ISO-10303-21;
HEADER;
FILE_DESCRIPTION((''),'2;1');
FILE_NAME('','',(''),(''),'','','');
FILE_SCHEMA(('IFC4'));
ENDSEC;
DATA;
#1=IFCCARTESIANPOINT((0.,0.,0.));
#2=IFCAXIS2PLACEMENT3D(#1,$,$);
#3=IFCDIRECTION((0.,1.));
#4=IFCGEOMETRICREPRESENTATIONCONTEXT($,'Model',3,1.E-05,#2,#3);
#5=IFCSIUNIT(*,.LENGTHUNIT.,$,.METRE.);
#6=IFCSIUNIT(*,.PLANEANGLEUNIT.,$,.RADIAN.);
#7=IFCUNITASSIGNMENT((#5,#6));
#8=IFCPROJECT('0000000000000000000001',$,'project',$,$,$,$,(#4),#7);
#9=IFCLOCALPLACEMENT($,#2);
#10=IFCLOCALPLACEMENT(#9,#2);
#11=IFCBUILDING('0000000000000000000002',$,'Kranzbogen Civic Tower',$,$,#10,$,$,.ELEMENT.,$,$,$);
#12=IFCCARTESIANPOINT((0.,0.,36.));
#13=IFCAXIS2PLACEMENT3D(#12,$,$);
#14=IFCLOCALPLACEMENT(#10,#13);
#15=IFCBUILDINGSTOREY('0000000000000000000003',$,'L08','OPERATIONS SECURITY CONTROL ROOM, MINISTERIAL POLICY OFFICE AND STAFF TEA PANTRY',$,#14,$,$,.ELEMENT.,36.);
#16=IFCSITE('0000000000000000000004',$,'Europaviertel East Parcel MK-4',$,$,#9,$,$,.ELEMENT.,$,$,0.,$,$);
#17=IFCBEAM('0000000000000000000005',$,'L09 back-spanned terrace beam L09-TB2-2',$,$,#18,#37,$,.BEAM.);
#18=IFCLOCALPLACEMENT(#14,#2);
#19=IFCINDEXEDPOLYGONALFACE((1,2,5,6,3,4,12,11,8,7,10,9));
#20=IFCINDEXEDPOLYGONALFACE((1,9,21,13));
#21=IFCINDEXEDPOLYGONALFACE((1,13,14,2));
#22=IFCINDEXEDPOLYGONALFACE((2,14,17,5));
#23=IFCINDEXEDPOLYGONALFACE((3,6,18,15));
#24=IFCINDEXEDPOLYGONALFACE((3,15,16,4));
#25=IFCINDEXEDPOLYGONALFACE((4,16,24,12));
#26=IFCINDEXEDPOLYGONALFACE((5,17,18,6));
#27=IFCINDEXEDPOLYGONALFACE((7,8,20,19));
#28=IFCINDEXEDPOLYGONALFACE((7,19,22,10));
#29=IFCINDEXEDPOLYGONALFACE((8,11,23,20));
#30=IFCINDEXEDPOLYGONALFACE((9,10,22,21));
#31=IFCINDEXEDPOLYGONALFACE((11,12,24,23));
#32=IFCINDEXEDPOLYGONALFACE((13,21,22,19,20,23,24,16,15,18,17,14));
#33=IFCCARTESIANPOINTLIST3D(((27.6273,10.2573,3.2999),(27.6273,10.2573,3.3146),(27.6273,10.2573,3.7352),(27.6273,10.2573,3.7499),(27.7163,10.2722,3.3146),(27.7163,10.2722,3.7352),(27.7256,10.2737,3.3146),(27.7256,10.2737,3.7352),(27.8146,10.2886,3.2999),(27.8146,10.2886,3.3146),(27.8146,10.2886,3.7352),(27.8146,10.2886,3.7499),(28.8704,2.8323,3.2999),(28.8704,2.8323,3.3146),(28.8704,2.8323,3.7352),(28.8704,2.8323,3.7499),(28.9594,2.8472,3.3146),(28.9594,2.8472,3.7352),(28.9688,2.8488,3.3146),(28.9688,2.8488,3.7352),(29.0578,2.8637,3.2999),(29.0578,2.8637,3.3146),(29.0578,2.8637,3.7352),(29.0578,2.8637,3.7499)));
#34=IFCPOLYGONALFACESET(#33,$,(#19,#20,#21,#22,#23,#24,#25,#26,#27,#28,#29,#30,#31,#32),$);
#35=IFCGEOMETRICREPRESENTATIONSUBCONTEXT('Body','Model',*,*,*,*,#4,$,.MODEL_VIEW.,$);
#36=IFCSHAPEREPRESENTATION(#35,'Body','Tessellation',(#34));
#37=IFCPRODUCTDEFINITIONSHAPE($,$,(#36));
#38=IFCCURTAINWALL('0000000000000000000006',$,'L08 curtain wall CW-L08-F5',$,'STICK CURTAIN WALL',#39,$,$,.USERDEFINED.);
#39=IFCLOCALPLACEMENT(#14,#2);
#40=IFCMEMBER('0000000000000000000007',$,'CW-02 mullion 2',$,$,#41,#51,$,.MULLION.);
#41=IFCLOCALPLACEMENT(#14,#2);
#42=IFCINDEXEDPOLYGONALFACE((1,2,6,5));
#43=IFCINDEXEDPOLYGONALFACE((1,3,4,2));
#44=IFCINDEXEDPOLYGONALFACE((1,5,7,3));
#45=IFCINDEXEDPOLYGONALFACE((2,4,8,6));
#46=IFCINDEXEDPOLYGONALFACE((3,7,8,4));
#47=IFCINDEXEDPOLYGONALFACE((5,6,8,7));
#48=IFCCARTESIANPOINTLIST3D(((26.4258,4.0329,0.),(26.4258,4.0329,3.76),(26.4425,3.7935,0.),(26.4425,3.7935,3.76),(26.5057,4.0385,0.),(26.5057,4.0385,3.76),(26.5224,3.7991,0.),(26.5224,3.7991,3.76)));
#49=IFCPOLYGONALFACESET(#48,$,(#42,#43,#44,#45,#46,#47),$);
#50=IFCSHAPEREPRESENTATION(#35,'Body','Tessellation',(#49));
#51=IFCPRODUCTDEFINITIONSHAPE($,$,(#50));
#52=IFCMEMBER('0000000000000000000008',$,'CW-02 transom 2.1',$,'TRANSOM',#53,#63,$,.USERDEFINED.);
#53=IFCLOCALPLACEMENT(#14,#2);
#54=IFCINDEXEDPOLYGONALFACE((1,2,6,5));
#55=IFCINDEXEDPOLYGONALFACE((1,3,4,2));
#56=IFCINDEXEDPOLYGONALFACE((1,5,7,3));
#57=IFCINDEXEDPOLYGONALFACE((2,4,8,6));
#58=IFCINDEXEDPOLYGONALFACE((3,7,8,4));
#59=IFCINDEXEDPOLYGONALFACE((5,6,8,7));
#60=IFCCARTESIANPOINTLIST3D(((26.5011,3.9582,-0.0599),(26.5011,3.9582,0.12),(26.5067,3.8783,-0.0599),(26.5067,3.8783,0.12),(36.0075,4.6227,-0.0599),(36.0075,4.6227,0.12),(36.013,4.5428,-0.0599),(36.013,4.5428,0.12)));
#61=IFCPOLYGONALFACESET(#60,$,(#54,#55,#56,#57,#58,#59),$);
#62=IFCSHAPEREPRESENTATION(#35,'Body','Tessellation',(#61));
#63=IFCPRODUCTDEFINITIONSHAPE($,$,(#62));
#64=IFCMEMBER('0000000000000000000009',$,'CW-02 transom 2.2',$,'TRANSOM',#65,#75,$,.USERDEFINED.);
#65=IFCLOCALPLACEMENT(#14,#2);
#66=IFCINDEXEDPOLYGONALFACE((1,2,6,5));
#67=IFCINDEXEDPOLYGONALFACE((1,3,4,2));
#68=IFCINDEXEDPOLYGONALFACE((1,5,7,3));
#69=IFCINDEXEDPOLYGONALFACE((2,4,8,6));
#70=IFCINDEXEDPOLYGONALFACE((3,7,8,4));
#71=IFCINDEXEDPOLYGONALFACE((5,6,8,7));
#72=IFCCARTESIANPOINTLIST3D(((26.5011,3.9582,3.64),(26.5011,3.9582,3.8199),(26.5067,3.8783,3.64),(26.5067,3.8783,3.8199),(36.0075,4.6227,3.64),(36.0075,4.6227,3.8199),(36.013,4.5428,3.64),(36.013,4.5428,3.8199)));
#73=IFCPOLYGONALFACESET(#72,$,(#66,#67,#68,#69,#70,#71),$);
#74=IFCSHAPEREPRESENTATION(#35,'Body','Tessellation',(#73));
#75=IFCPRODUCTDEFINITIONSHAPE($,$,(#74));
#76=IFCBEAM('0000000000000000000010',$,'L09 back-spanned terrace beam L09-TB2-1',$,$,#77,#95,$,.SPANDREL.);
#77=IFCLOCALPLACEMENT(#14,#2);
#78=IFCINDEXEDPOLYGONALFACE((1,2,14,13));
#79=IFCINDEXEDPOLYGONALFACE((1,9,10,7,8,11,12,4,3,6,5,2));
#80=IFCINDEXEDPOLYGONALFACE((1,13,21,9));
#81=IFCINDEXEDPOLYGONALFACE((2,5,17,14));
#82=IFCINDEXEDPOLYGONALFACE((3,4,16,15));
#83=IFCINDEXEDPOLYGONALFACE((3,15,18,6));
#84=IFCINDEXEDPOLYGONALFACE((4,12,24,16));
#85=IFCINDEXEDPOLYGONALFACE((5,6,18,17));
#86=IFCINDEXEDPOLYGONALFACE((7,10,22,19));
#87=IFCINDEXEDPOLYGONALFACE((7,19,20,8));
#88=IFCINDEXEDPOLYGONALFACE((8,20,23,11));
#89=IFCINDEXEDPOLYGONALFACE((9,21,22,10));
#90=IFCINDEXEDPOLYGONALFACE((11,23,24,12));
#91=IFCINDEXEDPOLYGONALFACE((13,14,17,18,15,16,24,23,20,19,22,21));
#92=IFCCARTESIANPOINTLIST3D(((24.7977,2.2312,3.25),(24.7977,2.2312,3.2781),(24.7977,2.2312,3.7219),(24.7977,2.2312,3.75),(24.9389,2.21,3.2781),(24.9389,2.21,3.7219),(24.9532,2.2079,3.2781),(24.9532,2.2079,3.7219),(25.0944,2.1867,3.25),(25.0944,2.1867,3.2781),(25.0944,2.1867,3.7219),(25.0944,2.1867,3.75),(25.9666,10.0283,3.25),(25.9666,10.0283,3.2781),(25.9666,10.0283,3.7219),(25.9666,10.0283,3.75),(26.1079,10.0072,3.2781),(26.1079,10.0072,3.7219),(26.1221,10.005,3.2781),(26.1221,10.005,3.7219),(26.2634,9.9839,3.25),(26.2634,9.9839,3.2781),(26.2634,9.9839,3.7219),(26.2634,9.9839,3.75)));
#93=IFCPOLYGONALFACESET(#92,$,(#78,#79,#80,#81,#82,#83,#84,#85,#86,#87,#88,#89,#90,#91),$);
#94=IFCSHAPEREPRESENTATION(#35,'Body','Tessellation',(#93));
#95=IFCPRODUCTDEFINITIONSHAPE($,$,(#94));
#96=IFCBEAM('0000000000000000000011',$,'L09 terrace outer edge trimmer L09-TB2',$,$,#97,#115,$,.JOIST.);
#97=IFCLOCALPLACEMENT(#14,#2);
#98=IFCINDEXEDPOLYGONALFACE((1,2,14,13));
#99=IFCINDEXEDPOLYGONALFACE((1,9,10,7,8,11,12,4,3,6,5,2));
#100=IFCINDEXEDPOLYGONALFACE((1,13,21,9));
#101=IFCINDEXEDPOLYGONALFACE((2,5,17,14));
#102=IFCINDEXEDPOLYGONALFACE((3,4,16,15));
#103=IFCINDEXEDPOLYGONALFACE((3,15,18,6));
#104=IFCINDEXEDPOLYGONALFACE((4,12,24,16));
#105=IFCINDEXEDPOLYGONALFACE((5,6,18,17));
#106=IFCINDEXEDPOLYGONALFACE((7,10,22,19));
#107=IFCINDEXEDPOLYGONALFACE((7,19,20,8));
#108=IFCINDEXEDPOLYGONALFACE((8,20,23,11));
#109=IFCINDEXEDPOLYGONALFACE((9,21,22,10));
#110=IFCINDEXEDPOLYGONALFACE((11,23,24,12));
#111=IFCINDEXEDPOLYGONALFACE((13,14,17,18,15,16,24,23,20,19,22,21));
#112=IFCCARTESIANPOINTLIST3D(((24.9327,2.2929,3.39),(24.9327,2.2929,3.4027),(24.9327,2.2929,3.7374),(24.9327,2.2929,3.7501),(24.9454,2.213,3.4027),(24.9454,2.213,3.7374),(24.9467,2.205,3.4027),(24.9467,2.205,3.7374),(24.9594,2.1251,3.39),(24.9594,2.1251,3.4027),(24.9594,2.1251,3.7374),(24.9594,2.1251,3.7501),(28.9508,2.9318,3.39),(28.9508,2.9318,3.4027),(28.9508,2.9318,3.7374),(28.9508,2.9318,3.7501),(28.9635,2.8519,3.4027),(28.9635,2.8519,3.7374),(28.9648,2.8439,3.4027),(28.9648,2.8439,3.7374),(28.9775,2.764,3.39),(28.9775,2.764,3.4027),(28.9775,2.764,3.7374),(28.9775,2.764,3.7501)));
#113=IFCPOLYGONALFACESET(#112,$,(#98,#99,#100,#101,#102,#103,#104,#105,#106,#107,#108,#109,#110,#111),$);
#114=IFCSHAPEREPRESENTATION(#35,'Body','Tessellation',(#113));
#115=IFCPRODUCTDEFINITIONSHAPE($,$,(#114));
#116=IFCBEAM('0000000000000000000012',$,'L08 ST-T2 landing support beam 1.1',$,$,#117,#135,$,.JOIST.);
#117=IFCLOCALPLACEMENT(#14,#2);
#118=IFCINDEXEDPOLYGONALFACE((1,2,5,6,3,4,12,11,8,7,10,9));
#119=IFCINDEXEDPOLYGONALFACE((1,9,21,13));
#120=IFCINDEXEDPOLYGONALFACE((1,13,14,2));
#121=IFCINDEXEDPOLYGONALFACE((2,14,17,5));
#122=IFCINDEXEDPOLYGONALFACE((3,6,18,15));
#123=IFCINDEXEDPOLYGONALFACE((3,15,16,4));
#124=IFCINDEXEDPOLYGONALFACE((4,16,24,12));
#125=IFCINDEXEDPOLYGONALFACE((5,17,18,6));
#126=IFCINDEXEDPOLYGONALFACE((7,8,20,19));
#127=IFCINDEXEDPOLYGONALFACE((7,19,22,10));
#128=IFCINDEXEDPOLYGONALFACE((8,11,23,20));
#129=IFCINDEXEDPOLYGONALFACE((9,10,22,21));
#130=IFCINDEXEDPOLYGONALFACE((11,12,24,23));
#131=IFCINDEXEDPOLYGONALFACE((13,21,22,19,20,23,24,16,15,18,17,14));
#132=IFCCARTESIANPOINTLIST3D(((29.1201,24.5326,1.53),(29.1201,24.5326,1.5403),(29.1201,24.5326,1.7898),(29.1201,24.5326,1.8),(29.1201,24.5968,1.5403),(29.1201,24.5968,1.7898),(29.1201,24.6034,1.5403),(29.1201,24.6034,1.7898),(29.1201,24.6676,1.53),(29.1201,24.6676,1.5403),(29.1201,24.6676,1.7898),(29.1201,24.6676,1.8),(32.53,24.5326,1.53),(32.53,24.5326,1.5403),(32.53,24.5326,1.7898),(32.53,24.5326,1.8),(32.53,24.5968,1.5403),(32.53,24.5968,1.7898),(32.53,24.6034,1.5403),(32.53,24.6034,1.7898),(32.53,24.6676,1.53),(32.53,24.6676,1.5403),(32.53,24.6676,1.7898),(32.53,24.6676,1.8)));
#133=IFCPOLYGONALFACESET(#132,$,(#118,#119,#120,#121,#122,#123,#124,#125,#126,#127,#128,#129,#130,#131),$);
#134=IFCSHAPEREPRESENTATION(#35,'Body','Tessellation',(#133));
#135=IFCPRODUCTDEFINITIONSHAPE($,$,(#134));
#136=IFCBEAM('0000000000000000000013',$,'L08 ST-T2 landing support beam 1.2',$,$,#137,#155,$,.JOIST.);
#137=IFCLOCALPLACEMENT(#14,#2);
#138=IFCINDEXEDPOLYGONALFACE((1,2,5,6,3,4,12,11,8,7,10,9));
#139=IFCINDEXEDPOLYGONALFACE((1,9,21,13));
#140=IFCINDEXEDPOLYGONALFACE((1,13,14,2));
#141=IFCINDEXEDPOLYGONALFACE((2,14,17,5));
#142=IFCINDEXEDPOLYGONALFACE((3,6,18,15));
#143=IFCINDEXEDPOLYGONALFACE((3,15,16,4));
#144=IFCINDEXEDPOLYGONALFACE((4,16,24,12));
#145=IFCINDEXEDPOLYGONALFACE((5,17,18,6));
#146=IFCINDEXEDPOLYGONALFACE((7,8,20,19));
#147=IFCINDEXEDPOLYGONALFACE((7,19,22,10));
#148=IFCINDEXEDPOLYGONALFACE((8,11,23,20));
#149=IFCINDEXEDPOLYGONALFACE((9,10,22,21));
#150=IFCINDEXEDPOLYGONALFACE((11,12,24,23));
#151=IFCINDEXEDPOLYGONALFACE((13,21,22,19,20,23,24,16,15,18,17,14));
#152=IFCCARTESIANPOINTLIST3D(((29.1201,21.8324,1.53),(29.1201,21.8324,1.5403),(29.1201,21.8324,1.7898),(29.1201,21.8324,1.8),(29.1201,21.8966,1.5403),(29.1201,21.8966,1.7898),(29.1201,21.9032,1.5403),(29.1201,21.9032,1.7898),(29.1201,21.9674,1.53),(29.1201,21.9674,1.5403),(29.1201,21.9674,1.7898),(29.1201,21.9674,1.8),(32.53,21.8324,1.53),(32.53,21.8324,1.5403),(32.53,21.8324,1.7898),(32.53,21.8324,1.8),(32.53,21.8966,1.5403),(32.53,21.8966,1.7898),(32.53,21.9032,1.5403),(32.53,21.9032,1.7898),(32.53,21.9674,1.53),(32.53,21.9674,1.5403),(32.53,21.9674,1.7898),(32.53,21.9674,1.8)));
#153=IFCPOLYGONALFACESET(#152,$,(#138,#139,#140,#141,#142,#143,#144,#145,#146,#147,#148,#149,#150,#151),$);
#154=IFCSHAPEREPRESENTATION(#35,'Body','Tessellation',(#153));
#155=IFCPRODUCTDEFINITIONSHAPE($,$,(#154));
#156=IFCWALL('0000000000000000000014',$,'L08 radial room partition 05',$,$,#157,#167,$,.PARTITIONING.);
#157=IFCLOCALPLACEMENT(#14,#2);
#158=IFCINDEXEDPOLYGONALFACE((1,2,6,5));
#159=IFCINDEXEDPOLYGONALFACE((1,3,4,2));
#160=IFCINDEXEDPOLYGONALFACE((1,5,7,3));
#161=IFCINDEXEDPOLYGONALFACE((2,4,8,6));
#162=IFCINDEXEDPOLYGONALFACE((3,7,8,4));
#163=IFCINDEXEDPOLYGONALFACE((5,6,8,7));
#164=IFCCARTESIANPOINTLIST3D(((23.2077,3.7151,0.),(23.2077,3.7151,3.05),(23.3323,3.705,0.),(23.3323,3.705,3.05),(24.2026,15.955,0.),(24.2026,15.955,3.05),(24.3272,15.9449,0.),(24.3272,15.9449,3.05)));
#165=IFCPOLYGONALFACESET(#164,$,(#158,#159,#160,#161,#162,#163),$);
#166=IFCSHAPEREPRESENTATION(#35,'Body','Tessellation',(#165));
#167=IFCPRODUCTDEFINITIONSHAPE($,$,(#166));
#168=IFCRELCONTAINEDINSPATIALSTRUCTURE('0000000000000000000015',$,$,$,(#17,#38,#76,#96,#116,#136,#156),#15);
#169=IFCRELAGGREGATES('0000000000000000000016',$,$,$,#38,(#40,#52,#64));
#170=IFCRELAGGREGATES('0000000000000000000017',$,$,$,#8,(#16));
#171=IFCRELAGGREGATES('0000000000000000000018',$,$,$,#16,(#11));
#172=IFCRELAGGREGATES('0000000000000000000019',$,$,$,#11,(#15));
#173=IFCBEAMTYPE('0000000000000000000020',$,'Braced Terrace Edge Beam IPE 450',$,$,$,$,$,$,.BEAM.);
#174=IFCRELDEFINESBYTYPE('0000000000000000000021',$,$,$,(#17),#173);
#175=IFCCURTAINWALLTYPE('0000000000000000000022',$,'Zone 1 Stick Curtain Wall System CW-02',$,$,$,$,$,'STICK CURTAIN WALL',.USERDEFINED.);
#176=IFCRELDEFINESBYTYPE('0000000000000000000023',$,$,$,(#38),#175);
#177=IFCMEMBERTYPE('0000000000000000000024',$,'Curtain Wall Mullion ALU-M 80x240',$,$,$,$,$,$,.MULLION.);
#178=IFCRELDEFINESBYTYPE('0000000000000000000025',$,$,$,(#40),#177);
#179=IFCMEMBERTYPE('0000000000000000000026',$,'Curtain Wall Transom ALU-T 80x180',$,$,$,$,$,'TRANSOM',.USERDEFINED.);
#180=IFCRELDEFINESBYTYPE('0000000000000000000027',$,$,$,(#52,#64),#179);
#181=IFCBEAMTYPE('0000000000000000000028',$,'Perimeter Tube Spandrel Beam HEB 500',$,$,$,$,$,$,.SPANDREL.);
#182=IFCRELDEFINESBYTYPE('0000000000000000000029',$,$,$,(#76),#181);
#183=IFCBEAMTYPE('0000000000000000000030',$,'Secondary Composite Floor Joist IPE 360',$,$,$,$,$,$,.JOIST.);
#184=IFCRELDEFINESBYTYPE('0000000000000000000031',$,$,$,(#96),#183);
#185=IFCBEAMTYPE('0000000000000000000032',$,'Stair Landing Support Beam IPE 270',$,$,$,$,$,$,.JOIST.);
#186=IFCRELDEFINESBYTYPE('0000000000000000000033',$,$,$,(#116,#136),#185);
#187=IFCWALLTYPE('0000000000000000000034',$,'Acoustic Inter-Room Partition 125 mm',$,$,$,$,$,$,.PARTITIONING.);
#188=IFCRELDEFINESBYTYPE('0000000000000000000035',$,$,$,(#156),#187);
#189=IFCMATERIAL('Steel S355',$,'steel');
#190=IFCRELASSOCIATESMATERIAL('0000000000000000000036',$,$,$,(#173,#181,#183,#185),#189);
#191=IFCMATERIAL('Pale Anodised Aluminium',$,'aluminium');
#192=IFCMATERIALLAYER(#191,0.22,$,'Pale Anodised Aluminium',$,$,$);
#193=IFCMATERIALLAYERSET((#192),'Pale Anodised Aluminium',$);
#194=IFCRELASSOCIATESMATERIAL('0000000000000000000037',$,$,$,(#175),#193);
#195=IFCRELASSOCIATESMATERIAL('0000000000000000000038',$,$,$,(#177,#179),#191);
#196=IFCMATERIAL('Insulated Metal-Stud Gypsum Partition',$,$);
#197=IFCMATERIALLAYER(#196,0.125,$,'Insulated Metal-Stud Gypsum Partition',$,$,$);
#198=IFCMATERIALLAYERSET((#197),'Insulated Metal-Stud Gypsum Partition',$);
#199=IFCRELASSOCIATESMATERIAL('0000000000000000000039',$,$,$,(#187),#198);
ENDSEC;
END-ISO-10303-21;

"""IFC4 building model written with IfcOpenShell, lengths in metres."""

from ifc_helpers import new_model, si_unit, direction, frame, frame_2d, origin, origin_2d, place, context, subcontext, project, spatial, rectangle, i_section, extrude, material, layer, layer_set, material_profile, profile_set, type_object, element, aggregate, save


model = new_model("IFC4")

# Units and contexts
model_context = context("Model", 3, precision=1e-05, world=origin(), true_north=direction((0.0, 1.0)))
body_context = subcontext(model_context, "Body", "Model", "MODEL_VIEW")
ifc_project = project(units=[si_unit("LENGTHUNIT", "METRE"), si_unit("PLANEANGLEUNIT", "RADIAN")], contexts=[model_context])

# Site, building, storey
site_placement = place(None, origin())
site = spatial("IfcSite", under=ifc_project, at=site_placement, Name="Europaviertel East Parcel MK-4", CompositionType="ELEMENT", RefElevation=0.0)
building_placement = place(site_placement, origin())
building = spatial("IfcBuilding", under=site, at=building_placement, Name="Kranzbogen Civic Tower", CompositionType="ELEMENT")
storey_placement = place(building_placement, frame((0.0, 0.0, 36.0)))
storey = spatial("IfcBuildingStorey", under=building, at=storey_placement, Name="L08", Description="OPERATIONS SECURITY CONTROL ROOM, MINISTERIAL POLICY OFFICE AND STAFF TEA PANTRY", CompositionType="ELEMENT", Elevation=36.0)

# Beam
ifc_material_1 = material(Name="Steel S355", Category="steel")
ifc_material_profile_1 = material_profile(ifc_material_1, i_section(OverallWidth=0.1899, OverallDepth=0.45, WebThickness=0.0095, FlangeThickness=0.0146, at=origin_2d()), Name="IPE 450")
ifc_profile_set_1 = profile_set([ifc_material_profile_1], Name="Steel S355")
beam_type_1 = type_object("IfcBeamType", Name="Braced Terrace Edge Beam IPE 450", PredefinedType="BEAM", material=ifc_profile_set_1)
beam_1_placement = place(storey_placement, frame((27.7209, 10.2729, 3.5249), z_axis=(0.16513, -0.986272, 0.0), x_axis=(0.986272, 0.16513, 0.0)))
element("IfcBeam", 1, at=beam_1_placement, inside=storey, type_object=beam_type_1, Name="L09 back-spanned terrace beam L09-TB2-2", PredefinedType="BEAM", context=body_context, shape_type="SweptSolid", body=[
    extrude(i_section(OverallWidth=0.1899, OverallDepth=0.45, WebThickness=0.0095, FlangeThickness=0.0146, at=origin_2d()), origin(), (0.0, 0.0, 1.0), 7.5283),
])

# Curtain wall, members
ifc_material_2 = material(Name="Pale Anodised Aluminium", Category="aluminium")
ifc_layer_1 = layer(ifc_material_2, 0.22, Name="Pale Anodised Aluminium")
ifc_layer_set_1 = layer_set([ifc_layer_1], Name="Pale Anodised Aluminium")
curtain_wall_type = type_object("IfcCurtainWallType", Name="Zone 1 Stick Curtain Wall System CW-02", ElementType="STICK CURTAIN WALL", PredefinedType="USERDEFINED", material=ifc_layer_set_1)
curtain_wall_placement = place(storey_placement, origin())
curtain_wall = element("IfcCurtainWall", 2, at=curtain_wall_placement, inside=storey, type_object=curtain_wall_type, Name="L08 curtain wall CW-L08-F5", ObjectType="STICK CURTAIN WALL", PredefinedType="USERDEFINED")
ifc_material_profile_2 = material_profile(ifc_material_2, rectangle(XDim=0.0801, YDim=0.24, at=origin_2d()), Name="ALU-M 80x240")
ifc_profile_set_2 = profile_set([ifc_material_profile_2], Name="Pale Anodised Aluminium")
member_type_1 = type_object("IfcMemberType", Name="Curtain Wall Mullion ALU-M 80x240", PredefinedType="MULLION", material=ifc_profile_set_2)
member_1_placement = place(storey_placement, frame((26.4741, 3.916, 0.0), z_axis=(0.0, 0.0, 1.0), x_axis=(0.997564, 0.069755, 0.0)))
member_1 = element("IfcMember", 3, at=member_1_placement, type_object=member_type_1, Name="CW-02 mullion 2", PredefinedType="MULLION", context=body_context, shape_type="SweptSolid", body=[
    extrude(rectangle(XDim=0.0801, YDim=0.24, at=origin_2d()), origin(), (0.0, 0.0, 1.0), 3.76),
])
ifc_material_profile_3 = material_profile(ifc_material_2, rectangle(XDim=0.0801, YDim=0.1799, at=origin_2d()), Name="ALU-T 80x180")
ifc_profile_set_3 = profile_set([ifc_material_profile_3], Name="Pale Anodised Aluminium")
member_type_2 = type_object("IfcMemberType", Name="Curtain Wall Transom ALU-T 80x180", ElementType="TRANSOM", PredefinedType="USERDEFINED", material=ifc_profile_set_3)
member_2_placement = place(storey_placement, frame((26.5039, 3.9182, 0.03), z_axis=(0.997565, 0.069736, 0.0), x_axis=(-0.069736, 0.997565, 0.0)))
member_2 = element("IfcMember", 4, at=member_2_placement, type_object=member_type_2, Name="CW-02 transom 2.1", ObjectType="TRANSOM", PredefinedType="USERDEFINED", context=body_context, shape_type="SweptSolid", body=[
    extrude(rectangle(XDim=0.0801, YDim=0.1799, at=origin_2d()), origin(), (0.0, 0.0, 1.0), 9.5295),
])
member_3_placement = place(storey_placement, frame((26.5039, 3.9182, 3.73), z_axis=(0.997565, 0.069736, 0.0), x_axis=(-0.069736, 0.997565, 0.0)))
member_3 = element("IfcMember", 5, at=member_3_placement, type_object=member_type_2, Name="CW-02 transom 2.2", ObjectType="TRANSOM", PredefinedType="USERDEFINED", context=body_context, shape_type="SweptSolid", body=[
    extrude(rectangle(XDim=0.0801, YDim=0.1799, at=origin_2d()), origin(), (0.0, 0.0, 1.0), 9.5295),
])
aggregate(curtain_wall, [member_1, member_2, member_3])

# Beams
ifc_material_profile_4 = material_profile(ifc_material_1, i_section(OverallWidth=0.3, OverallDepth=0.5, WebThickness=0.0144, FlangeThickness=0.0281, at=origin_2d()), Name="HEB 500")
ifc_profile_set_4 = profile_set([ifc_material_profile_4], Name="Steel S355")
beam_type_2 = type_object("IfcBeamType", Name="Perimeter Tube Spandrel Beam HEB 500", PredefinedType="SPANDREL", material=ifc_profile_set_4)
beam_2_placement = place(storey_placement, frame((26.115, 10.0061, 3.5), z_axis=(-0.148263, -0.988948, 0.0), x_axis=(0.988948, -0.148263, 0.0)))
element("IfcBeam", 6, at=beam_2_placement, inside=storey, type_object=beam_type_2, Name="L09 back-spanned terrace beam L09-TB2-1", PredefinedType="SPANDREL", context=body_context, shape_type="SweptSolid", body=[
    extrude(i_section(OverallWidth=0.3, OverallDepth=0.5, WebThickness=0.0144, FlangeThickness=0.0281, at=origin_2d()), origin(), (0.0, 0.0, 1.0), 7.8843),
])
ifc_material_profile_5 = material_profile(ifc_material_1, i_section(OverallWidth=0.1699, OverallDepth=0.3601, WebThickness=0.0081, FlangeThickness=0.0127, at=origin_2d()), Name="IPE 360")
ifc_profile_set_5 = profile_set([ifc_material_profile_5], Name="Steel S355")
beam_type_3 = type_object("IfcBeamType", Name="Secondary Composite Floor Joist IPE 360", PredefinedType="JOIST", material=ifc_profile_set_5)
beam_3_placement = place(storey_placement, frame((24.946, 2.209, 3.5701), z_axis=(0.987593, 0.157038, 0.0), x_axis=(-0.157038, 0.987593, 0.0)))
element("IfcBeam", 7, at=beam_3_placement, inside=storey, type_object=beam_type_3, Name="L09 terrace outer edge trimmer L09-TB2", PredefinedType="JOIST", context=body_context, shape_type="SweptSolid", body=[
    extrude(i_section(OverallWidth=0.1699, OverallDepth=0.3601, WebThickness=0.0081, FlangeThickness=0.0127, at=origin_2d()), origin(), (0.0, 0.0, 1.0), 4.0686),
])
ifc_material_profile_6 = material_profile(ifc_material_1, i_section(OverallWidth=0.135, OverallDepth=0.27, WebThickness=0.0066, FlangeThickness=0.0103, at=origin_2d()), Name="IPE 270")
ifc_profile_set_6 = profile_set([ifc_material_profile_6], Name="Steel S355")
beam_type_4 = type_object("IfcBeamType", Name="Stair Landing Support Beam IPE 270", PredefinedType="JOIST", material=ifc_profile_set_6)
for number, where, z_axis, x_axis, name in (
    (8, (29.1201, 24.6001, 1.665), (1.0, 0.0, 0.0), (0.0, 1.0, 0.0), "L08 ST-T2 landing support beam 1.1"),
    (9, (29.1201, 21.8999, 1.665), (1.0, 0.0, 0.0), (0.0, 1.0, 0.0), "L08 ST-T2 landing support beam 1.2"),
):
    element("IfcBeam", number, at=place(storey_placement, frame(where, z_axis=z_axis, x_axis=x_axis)), inside=storey, type_object=beam_type_4, Name=name, PredefinedType="JOIST", context=body_context, shape_type="SweptSolid", body=[
        extrude(i_section(OverallWidth=0.135, OverallDepth=0.27, WebThickness=0.0066, FlangeThickness=0.0103, at=origin_2d()), origin(), (0.0, 0.0, 1.0), 3.4099),
    ])

# Wall
ifc_material_3 = material(Name="Insulated Metal-Stud Gypsum Partition")
ifc_layer_2 = layer(ifc_material_3, 0.125, Name="Insulated Metal-Stud Gypsum Partition")
ifc_layer_set_2 = layer_set([ifc_layer_2], Name="Insulated Metal-Stud Gypsum Partition")
wall_type_1 = type_object("IfcWallType", Name="Acoustic Inter-Room Partition 125 mm", PredefinedType="PARTITIONING", material=ifc_layer_set_2)
wall_1_placement = place(storey_placement, frame((24.2649, 15.95, 0.0), z_axis=(0.0, 0.0, 1.0), x_axis=(-0.081013, -0.996713, 0.0)))
element("IfcWall", 10, at=wall_1_placement, inside=storey, type_object=wall_type_1, Name="L08 radial room partition 05", PredefinedType="PARTITIONING", context=body_context, shape_type="SweptSolid", body=[
    extrude(rectangle(XDim=12.2803, YDim=0.125, at=frame_2d((6.1401, 0.0))), origin(), (0.0, 0.0, 1.0), 3.05),
])

save(model, "model.ifc")
